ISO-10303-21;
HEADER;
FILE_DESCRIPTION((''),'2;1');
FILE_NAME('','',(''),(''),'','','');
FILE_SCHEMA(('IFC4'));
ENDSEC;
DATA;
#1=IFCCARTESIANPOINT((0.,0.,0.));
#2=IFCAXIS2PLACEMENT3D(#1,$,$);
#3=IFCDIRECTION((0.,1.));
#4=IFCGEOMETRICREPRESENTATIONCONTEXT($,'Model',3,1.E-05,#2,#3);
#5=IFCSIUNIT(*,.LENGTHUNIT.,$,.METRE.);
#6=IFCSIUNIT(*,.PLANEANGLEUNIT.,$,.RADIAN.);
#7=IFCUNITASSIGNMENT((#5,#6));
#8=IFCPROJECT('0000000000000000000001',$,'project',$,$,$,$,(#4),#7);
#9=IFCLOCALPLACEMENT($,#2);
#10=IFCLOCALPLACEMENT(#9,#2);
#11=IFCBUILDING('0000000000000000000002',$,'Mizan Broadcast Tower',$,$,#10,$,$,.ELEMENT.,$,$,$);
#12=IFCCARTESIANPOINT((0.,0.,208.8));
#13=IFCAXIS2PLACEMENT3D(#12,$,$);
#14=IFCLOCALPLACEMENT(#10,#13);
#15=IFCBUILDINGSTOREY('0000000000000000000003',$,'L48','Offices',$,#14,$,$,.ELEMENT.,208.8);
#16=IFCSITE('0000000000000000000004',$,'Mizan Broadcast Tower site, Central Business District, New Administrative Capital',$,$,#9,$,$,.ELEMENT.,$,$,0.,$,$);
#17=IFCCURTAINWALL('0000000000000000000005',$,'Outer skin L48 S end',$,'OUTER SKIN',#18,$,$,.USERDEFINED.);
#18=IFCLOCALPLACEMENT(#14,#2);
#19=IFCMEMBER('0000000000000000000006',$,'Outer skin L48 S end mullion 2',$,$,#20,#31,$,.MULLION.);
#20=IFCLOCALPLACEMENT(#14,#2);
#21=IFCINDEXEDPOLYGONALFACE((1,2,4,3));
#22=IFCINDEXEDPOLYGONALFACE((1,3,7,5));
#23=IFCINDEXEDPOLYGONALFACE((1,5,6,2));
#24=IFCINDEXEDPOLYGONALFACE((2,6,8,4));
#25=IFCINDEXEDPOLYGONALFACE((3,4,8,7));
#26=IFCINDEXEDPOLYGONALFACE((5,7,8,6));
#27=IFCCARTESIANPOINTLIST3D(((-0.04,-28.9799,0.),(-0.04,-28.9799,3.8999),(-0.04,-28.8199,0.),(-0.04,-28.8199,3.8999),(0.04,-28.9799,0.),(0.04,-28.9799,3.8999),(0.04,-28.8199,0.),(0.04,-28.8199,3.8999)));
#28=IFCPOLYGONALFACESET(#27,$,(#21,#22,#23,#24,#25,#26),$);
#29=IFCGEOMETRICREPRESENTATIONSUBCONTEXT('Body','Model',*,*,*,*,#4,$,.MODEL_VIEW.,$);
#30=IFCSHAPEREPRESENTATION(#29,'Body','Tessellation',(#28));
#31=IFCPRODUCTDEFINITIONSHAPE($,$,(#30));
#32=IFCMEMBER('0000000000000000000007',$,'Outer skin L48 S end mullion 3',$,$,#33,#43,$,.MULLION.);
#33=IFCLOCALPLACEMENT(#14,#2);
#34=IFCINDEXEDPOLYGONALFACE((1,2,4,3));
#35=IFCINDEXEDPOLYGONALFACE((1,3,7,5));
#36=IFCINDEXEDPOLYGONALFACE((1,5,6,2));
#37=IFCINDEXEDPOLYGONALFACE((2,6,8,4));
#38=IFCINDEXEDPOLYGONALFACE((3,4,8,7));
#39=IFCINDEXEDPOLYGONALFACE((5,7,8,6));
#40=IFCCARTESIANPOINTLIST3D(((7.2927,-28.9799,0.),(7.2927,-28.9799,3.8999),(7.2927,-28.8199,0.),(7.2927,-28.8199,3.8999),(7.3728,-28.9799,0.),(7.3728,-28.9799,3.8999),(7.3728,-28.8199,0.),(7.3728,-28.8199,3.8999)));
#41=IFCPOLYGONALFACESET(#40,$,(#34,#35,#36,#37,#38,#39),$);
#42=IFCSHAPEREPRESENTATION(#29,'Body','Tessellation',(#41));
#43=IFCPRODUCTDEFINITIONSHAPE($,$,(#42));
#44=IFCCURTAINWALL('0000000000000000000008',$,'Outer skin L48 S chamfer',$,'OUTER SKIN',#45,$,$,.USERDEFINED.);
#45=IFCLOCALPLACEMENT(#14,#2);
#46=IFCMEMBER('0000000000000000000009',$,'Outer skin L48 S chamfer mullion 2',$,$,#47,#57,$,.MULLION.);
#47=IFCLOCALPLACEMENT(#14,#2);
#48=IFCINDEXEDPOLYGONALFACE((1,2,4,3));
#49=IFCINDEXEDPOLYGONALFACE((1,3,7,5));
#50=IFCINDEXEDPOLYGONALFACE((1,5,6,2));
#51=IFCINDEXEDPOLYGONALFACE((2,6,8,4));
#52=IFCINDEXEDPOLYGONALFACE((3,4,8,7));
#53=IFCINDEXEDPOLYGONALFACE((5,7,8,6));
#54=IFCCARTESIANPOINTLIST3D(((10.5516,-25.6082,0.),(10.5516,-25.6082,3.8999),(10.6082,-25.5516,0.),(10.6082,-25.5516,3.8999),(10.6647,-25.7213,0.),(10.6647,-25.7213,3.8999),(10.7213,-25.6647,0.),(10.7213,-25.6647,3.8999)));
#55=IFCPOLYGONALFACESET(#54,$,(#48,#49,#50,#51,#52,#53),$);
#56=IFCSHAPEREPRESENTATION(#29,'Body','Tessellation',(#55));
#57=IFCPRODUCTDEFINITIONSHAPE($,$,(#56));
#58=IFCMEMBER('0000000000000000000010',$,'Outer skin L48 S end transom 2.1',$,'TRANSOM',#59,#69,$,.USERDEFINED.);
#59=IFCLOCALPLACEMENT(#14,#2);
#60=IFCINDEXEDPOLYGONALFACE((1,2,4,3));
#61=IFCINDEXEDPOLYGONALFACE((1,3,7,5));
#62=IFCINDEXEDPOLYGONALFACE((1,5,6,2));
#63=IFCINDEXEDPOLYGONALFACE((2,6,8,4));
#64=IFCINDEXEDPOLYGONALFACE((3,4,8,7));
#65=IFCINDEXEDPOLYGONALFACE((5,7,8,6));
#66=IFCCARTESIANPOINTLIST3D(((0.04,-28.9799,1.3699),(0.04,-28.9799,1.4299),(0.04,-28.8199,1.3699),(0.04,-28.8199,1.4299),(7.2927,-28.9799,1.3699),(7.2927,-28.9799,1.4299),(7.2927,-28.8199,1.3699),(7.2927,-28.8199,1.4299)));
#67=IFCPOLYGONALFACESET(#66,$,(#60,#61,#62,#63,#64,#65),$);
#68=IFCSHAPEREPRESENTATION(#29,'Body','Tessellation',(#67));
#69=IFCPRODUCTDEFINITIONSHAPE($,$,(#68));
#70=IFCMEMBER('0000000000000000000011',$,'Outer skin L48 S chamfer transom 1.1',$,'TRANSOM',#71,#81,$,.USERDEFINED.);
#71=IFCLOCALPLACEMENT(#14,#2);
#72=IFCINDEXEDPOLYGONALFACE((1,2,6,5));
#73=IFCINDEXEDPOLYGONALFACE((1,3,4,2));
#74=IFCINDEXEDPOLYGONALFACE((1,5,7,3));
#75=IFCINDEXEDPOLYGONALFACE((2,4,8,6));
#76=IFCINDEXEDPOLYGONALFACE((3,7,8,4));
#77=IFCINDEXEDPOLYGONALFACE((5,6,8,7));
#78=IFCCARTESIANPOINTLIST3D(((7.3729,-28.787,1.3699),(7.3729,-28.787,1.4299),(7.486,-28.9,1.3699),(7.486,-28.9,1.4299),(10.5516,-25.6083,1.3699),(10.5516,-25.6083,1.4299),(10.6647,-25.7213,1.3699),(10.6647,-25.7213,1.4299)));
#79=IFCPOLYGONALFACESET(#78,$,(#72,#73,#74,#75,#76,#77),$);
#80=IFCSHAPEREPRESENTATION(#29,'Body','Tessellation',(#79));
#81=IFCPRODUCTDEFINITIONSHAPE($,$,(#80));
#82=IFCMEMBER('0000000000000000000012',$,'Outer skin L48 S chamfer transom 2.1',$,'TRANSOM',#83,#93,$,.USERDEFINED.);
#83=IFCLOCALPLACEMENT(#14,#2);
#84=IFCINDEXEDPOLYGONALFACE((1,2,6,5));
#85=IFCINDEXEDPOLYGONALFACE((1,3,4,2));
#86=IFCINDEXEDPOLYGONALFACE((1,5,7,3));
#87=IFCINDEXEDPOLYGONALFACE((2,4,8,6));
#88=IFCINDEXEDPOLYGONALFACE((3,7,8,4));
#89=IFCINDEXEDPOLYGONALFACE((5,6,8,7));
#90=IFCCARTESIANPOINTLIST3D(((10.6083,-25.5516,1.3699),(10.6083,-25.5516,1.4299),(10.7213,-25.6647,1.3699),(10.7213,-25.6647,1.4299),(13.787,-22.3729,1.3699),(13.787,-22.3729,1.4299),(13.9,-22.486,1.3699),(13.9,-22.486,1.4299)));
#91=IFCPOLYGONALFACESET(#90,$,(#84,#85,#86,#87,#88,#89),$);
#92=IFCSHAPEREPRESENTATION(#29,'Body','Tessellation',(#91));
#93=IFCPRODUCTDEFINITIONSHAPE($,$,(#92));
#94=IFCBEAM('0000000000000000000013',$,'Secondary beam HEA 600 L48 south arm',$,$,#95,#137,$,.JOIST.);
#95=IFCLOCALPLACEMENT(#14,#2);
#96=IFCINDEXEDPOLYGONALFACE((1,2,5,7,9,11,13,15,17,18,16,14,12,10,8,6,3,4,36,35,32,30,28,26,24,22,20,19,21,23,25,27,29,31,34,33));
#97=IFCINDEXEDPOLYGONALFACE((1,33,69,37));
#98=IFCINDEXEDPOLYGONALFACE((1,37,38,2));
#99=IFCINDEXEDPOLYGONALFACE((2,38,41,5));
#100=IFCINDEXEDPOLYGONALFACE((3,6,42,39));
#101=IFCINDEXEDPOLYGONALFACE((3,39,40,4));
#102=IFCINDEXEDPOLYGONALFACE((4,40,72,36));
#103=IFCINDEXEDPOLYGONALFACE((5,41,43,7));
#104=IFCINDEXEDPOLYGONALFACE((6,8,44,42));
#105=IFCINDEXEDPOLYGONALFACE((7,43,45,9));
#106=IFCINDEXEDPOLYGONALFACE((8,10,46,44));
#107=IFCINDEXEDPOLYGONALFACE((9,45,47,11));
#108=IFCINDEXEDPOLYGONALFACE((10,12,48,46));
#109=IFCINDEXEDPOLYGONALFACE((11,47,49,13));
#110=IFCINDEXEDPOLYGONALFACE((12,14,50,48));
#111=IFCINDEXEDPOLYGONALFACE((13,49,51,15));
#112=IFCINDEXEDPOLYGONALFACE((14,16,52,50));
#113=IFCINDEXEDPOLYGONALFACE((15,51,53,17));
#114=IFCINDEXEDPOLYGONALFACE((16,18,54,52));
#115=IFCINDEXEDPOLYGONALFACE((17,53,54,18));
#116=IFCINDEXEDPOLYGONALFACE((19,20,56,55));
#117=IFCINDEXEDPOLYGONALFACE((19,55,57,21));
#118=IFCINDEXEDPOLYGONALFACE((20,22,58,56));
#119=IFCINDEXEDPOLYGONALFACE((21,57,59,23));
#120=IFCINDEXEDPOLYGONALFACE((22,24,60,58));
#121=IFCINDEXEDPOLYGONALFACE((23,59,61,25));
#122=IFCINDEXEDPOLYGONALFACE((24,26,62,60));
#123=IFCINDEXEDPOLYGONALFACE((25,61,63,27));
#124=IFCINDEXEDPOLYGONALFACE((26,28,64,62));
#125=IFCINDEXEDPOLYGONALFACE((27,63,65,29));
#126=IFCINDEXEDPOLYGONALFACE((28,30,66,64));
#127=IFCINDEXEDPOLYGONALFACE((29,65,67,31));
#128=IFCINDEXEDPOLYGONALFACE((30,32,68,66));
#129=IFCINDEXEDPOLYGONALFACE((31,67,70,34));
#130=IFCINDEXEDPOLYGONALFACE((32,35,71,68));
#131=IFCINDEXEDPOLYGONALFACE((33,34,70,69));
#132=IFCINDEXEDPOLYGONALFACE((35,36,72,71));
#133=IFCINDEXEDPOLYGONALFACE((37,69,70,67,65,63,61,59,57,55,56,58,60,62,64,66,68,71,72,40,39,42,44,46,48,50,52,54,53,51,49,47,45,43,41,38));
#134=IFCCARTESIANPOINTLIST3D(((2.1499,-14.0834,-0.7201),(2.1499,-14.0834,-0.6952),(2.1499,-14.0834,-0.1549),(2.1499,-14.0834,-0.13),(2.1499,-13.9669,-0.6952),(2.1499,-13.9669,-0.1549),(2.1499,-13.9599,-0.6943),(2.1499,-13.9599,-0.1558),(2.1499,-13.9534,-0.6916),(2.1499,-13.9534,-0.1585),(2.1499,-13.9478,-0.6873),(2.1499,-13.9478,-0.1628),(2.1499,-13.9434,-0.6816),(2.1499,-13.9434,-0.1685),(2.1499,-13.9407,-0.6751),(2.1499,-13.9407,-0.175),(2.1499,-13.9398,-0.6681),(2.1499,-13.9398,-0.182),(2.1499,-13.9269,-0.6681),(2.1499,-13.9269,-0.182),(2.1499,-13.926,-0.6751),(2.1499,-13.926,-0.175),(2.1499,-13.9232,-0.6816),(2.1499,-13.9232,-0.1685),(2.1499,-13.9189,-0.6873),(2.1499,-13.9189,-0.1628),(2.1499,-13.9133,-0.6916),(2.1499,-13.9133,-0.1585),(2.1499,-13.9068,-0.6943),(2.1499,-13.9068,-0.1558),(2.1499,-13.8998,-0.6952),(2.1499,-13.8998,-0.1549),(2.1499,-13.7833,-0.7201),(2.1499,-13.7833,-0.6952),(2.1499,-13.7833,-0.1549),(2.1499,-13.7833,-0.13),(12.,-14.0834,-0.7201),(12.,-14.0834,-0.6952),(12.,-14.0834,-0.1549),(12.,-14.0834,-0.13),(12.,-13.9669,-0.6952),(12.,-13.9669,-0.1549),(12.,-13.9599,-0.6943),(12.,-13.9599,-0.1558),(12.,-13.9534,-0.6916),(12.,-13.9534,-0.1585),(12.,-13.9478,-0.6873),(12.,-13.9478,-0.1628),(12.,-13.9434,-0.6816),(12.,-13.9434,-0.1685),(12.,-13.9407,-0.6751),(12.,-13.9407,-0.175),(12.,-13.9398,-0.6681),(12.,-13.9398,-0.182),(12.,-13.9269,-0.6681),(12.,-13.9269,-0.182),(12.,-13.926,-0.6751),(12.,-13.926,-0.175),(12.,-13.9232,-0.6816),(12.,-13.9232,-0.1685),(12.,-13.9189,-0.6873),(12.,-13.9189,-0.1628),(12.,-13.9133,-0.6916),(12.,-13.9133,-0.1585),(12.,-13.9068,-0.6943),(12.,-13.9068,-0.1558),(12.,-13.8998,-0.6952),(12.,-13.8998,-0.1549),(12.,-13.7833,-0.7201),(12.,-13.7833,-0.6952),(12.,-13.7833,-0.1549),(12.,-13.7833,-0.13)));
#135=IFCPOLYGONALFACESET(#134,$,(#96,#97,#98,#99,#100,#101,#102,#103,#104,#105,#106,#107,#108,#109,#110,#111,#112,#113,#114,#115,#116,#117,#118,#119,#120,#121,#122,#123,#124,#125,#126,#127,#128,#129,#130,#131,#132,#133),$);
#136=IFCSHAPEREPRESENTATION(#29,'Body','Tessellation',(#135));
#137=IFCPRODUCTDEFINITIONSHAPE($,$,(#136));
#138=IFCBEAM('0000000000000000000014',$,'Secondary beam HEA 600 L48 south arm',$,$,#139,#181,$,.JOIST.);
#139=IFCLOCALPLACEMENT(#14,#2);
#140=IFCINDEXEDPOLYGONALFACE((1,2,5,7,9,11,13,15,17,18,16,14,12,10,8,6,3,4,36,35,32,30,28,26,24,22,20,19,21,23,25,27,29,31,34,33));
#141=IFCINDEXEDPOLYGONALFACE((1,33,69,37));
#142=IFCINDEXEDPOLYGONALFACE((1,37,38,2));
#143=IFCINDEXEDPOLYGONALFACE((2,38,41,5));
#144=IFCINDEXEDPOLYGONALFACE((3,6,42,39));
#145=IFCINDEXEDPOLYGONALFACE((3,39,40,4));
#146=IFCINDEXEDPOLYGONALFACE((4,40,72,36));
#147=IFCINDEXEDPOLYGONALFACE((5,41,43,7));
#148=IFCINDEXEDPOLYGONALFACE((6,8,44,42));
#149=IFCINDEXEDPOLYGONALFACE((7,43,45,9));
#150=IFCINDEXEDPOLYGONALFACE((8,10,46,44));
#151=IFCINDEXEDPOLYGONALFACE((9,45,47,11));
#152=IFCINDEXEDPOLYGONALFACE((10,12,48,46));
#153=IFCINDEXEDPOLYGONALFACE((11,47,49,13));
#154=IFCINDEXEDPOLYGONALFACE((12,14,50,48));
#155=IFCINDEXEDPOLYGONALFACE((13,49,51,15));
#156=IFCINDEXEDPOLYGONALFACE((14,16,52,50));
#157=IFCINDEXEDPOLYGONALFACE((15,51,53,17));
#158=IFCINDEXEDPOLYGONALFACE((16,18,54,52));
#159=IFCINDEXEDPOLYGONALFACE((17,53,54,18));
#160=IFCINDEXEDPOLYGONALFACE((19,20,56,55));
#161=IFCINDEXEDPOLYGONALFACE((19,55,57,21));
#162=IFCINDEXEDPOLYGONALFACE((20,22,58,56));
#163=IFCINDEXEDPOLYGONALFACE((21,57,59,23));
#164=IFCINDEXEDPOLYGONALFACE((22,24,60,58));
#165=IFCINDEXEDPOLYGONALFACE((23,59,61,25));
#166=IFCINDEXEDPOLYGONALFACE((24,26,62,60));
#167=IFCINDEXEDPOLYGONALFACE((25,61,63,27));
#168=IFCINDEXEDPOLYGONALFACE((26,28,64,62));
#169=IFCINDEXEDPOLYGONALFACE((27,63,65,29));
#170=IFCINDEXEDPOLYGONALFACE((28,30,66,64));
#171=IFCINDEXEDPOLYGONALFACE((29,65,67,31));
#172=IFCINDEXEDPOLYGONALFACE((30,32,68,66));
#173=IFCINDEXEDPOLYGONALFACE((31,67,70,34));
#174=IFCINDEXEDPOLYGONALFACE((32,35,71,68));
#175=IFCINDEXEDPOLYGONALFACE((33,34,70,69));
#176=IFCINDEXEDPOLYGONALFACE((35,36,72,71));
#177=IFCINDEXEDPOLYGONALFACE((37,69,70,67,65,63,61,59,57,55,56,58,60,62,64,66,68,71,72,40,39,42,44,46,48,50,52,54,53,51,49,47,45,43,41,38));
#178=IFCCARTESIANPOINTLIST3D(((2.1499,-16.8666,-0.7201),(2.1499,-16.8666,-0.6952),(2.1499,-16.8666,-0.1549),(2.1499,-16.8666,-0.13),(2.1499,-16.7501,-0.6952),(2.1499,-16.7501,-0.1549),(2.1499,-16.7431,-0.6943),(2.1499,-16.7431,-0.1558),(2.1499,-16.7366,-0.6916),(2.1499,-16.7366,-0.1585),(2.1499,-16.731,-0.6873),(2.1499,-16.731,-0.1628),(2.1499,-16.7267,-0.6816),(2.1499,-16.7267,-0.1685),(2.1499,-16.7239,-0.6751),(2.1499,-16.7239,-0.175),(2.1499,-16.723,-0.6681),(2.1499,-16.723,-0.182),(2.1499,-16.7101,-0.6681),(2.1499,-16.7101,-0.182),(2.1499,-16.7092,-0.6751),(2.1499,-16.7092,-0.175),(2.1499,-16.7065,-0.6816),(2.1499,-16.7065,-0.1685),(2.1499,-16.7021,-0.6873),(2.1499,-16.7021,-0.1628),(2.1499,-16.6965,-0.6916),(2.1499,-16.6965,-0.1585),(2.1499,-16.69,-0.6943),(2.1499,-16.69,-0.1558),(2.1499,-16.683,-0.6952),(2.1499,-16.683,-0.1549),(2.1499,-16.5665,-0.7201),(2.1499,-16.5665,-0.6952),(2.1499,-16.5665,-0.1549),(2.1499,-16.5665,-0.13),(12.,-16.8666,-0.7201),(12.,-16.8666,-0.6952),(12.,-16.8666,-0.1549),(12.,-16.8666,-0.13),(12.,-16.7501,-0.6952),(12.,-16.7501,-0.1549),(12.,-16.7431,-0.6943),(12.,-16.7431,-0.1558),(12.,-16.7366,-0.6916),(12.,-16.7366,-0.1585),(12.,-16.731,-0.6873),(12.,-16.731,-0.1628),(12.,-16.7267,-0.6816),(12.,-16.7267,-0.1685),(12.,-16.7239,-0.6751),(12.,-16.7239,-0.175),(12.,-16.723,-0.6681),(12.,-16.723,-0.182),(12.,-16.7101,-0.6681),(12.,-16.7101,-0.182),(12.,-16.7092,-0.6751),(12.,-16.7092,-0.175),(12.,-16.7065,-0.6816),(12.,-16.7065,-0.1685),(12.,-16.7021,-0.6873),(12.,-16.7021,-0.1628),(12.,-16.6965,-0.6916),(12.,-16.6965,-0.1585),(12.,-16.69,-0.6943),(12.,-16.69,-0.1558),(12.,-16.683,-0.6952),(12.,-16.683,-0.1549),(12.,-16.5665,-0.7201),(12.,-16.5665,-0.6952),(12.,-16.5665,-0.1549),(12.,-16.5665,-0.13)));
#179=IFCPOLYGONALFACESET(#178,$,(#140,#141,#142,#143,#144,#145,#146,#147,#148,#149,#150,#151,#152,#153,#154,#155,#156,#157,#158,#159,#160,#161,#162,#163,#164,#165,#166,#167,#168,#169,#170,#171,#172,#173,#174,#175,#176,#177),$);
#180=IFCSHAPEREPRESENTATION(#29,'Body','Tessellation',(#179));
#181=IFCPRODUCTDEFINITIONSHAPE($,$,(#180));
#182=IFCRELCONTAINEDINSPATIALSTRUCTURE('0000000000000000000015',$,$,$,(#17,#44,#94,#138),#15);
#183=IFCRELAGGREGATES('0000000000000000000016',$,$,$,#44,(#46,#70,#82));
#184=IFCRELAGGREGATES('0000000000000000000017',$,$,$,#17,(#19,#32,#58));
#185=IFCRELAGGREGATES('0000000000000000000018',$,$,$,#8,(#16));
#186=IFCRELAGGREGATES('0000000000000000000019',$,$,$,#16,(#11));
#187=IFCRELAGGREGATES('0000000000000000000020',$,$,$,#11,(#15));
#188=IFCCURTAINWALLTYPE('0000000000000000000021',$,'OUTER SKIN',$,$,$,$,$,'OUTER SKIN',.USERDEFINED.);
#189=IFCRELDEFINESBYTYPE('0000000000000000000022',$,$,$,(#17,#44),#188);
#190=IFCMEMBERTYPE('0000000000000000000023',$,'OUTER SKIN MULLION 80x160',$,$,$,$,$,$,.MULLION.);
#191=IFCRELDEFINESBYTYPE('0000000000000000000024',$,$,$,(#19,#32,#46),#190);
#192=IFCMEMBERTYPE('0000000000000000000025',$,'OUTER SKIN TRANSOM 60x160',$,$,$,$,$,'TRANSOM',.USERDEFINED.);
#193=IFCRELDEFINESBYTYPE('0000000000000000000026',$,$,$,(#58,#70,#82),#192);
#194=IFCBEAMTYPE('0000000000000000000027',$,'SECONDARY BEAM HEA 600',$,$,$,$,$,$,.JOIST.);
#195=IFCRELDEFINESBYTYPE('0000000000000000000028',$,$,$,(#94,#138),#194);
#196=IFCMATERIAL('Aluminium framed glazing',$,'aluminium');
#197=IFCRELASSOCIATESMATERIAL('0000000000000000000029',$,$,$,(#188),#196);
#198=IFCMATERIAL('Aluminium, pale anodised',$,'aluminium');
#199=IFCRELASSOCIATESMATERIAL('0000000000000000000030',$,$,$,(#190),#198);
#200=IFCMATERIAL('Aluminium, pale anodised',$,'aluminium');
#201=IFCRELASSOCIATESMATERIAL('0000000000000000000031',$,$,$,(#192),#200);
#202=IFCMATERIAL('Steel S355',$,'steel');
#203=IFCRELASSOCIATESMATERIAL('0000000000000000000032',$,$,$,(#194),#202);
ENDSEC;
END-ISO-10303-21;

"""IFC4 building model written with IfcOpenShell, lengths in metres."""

from ifc_helpers import new_model, si_unit, direction, frame, origin, origin_2d, place, context, subcontext, project, spatial, rectangle, i_section, extrude, material, material_profile, profile_set, type_object, element, aggregate, save


model = new_model("IFC4")

# Units and contexts
model_context = context("Model", 3, precision=1e-05, world=origin(), true_north=direction((0.0, 1.0)))
body_context = subcontext(model_context, "Body", "Model", "MODEL_VIEW")
ifc_project = project(units=[si_unit("LENGTHUNIT", "METRE"), si_unit("PLANEANGLEUNIT", "RADIAN")], contexts=[model_context])

# Site, building, storey
site_placement = place(None, origin())
site = spatial("IfcSite", under=ifc_project, at=site_placement, Name="Mizan Broadcast Tower site, Central Business District, New Administrative Capital", CompositionType="ELEMENT", RefElevation=0.0)
building_placement = place(site_placement, origin())
building = spatial("IfcBuilding", under=site, at=building_placement, Name="Mizan Broadcast Tower", CompositionType="ELEMENT")
storey_placement = place(building_placement, frame((0.0, 0.0, 208.8)))
storey = spatial("IfcBuildingStorey", under=building, at=storey_placement, Name="L48", Description="Offices", CompositionType="ELEMENT", Elevation=208.8)

# Curtain wall, members
ifc_material_1 = material(Name="Aluminium framed glazing", Category="aluminium")
curtain_wall_type_1 = type_object("IfcCurtainWallType", Name="OUTER SKIN", ElementType="OUTER SKIN", PredefinedType="USERDEFINED", material=ifc_material_1)
curtain_wall_1_placement = place(storey_placement, origin())
curtain_wall_1 = element("IfcCurtainWall", 1, at=curtain_wall_1_placement, inside=storey, type_object=curtain_wall_type_1, Name="Outer skin L48 S end", ObjectType="OUTER SKIN", PredefinedType="USERDEFINED")
ifc_material_2 = material(Name="Aluminium, pale anodised", Category="aluminium")
ifc_material_profile_1 = material_profile(ifc_material_2, rectangle(XDim=0.1599, YDim=0.0801, at=origin_2d()), Name="MULLION 160x80")
ifc_profile_set_1 = profile_set([ifc_material_profile_1], Name="Aluminium, pale anodised")
member_type_1 = type_object("IfcMemberType", Name="OUTER SKIN MULLION 80x160", PredefinedType="MULLION", material=ifc_profile_set_1)
member_1_placement = place(storey_placement, frame((0.0, -28.8999, 0.0), z_axis=(0.0, 0.0, 1.0), x_axis=(0.0, 1.0, 0.0)))
member_1 = element("IfcMember", 2, at=member_1_placement, type_object=member_type_1, Name="Outer skin L48 S end mullion 2", PredefinedType="MULLION", context=body_context, shape_type="SweptSolid", body=[
    extrude(rectangle(XDim=0.1599, YDim=0.0801, at=origin_2d()), origin(), (0.0, 0.0, 1.0), 3.8999),
])
member_2_placement = place(storey_placement, frame((7.3328, -28.8999, 0.0), z_axis=(0.0, 0.0, 1.0), x_axis=(0.0, 1.0, 0.0)))
member_2 = element("IfcMember", 3, at=member_2_placement, type_object=member_type_1, Name="Outer skin L48 S end mullion 3", PredefinedType="MULLION", context=body_context, shape_type="SweptSolid", body=[
    extrude(rectangle(XDim=0.1599, YDim=0.0801, at=origin_2d()), origin(), (0.0, 0.0, 1.0), 3.8999),
])

# Curtain wall, member
curtain_wall_2_placement = place(storey_placement, origin())
curtain_wall_2 = element("IfcCurtainWall", 4, at=curtain_wall_2_placement, inside=storey, type_object=curtain_wall_type_1, Name="Outer skin L48 S chamfer", ObjectType="OUTER SKIN", PredefinedType="USERDEFINED")
member_3_placement = place(storey_placement, frame((10.6365, -25.6365, 0.0), z_axis=(0.0, 0.0, 1.0), x_axis=(-0.707107, 0.707107, 0.0)))
member_3 = element("IfcMember", 5, at=member_3_placement, type_object=member_type_1, Name="Outer skin L48 S chamfer mullion 2", PredefinedType="MULLION", context=body_context, shape_type="SweptSolid", body=[
    extrude(rectangle(XDim=0.1599, YDim=0.0801, at=origin_2d()), origin(), (0.0, 0.0, 1.0), 3.8999),
])

# Members
ifc_material_3 = material(Name="Aluminium, pale anodised", Category="aluminium")
ifc_material_profile_2 = material_profile(ifc_material_3, rectangle(XDim=0.1599, YDim=0.0601, at=origin_2d()), Name="TRANSOM 160x60")
ifc_profile_set_2 = profile_set([ifc_material_profile_2], Name="Aluminium, pale anodised")
member_type_2 = type_object("IfcMemberType", Name="OUTER SKIN TRANSOM 60x160", ElementType="TRANSOM", PredefinedType="USERDEFINED", material=ifc_profile_set_2)
member_4_placement = place(storey_placement, frame((0.04, -28.8999, 1.3999), z_axis=(1.0, 0.0, 0.0), x_axis=(0.0, 1.0, 0.0)))
member_4 = element("IfcMember", 6, at=member_4_placement, type_object=member_type_2, Name="Outer skin L48 S end transom 2.1", ObjectType="TRANSOM", PredefinedType="USERDEFINED", context=body_context, shape_type="SweptSolid", body=[
    extrude(rectangle(XDim=0.1599, YDim=0.0601, at=origin_2d()), origin(), (0.0, 0.0, 1.0), 7.2527),
])
member_5_placement = place(storey_placement, frame((7.4294, -28.8435, 1.3999), z_axis=(0.707107, 0.707107, 0.0), x_axis=(-0.707107, 0.707107, 0.0)))
member_5 = element("IfcMember", 7, at=member_5_placement, type_object=member_type_2, Name="Outer skin L48 S chamfer transom 1.1", ObjectType="TRANSOM", PredefinedType="USERDEFINED", context=body_context, shape_type="SweptSolid", body=[
    extrude(rectangle(XDim=0.1599, YDim=0.0601, at=origin_2d()), origin(), (0.0, 0.0, 1.0), 4.4954),
])
member_6_placement = place(storey_placement, frame((10.6648, -25.6082, 1.3999), z_axis=(0.707107, 0.707107, 0.0), x_axis=(-0.707107, 0.707107, 0.0)))
member_6 = element("IfcMember", 8, at=member_6_placement, type_object=member_type_2, Name="Outer skin L48 S chamfer transom 2.1", ObjectType="TRANSOM", PredefinedType="USERDEFINED", context=body_context, shape_type="SweptSolid", body=[
    extrude(rectangle(XDim=0.1599, YDim=0.0601, at=origin_2d()), origin(), (0.0, 0.0, 1.0), 4.4954),
])

# Beams
ifc_material_4 = material(Name="Steel S355", Category="steel")
ifc_material_profile_3 = material_profile(ifc_material_4, i_section(OverallWidth=0.3, OverallDepth=0.5901, WebThickness=0.0129, FlangeThickness=0.0249, FilletRadius=0.0271, at=origin_2d()), Name="HEA 600")
ifc_profile_set_3 = profile_set([ifc_material_profile_3], Name="Steel S355")
beam_type_1 = type_object("IfcBeamType", Name="SECONDARY BEAM HEA 600", PredefinedType="JOIST", material=ifc_profile_set_3)
for number, where, z_axis, x_axis, name in (
    (9, (12.0, -13.9333, -0.425), (-1.0, 0.0, 0.0), (0.0, -1.0, 0.0), "Secondary beam HEA 600 L48 south arm"),
    (10, (12.0, -16.7166, -0.425), (-1.0, 0.0, 0.0), (0.0, -1.0, 0.0), "Secondary beam HEA 600 L48 south arm"),
):
    element("IfcBeam", number, at=place(storey_placement, frame(where, z_axis=z_axis, x_axis=x_axis)), inside=storey, type_object=beam_type_1, Name=name, PredefinedType="JOIST", context=body_context, shape_type="SweptSolid", body=[
        extrude(i_section(OverallWidth=0.3, OverallDepth=0.5901, WebThickness=0.0129, FlangeThickness=0.0249, FilletRadius=0.0271, at=origin_2d()), origin(), (0.0, 0.0, 1.0), 9.8501),
    ])

aggregate(curtain_wall_2, [member_3, member_5, member_6])
aggregate(curtain_wall_1, [member_1, member_2, member_4])

save(model, "model.ifc")
